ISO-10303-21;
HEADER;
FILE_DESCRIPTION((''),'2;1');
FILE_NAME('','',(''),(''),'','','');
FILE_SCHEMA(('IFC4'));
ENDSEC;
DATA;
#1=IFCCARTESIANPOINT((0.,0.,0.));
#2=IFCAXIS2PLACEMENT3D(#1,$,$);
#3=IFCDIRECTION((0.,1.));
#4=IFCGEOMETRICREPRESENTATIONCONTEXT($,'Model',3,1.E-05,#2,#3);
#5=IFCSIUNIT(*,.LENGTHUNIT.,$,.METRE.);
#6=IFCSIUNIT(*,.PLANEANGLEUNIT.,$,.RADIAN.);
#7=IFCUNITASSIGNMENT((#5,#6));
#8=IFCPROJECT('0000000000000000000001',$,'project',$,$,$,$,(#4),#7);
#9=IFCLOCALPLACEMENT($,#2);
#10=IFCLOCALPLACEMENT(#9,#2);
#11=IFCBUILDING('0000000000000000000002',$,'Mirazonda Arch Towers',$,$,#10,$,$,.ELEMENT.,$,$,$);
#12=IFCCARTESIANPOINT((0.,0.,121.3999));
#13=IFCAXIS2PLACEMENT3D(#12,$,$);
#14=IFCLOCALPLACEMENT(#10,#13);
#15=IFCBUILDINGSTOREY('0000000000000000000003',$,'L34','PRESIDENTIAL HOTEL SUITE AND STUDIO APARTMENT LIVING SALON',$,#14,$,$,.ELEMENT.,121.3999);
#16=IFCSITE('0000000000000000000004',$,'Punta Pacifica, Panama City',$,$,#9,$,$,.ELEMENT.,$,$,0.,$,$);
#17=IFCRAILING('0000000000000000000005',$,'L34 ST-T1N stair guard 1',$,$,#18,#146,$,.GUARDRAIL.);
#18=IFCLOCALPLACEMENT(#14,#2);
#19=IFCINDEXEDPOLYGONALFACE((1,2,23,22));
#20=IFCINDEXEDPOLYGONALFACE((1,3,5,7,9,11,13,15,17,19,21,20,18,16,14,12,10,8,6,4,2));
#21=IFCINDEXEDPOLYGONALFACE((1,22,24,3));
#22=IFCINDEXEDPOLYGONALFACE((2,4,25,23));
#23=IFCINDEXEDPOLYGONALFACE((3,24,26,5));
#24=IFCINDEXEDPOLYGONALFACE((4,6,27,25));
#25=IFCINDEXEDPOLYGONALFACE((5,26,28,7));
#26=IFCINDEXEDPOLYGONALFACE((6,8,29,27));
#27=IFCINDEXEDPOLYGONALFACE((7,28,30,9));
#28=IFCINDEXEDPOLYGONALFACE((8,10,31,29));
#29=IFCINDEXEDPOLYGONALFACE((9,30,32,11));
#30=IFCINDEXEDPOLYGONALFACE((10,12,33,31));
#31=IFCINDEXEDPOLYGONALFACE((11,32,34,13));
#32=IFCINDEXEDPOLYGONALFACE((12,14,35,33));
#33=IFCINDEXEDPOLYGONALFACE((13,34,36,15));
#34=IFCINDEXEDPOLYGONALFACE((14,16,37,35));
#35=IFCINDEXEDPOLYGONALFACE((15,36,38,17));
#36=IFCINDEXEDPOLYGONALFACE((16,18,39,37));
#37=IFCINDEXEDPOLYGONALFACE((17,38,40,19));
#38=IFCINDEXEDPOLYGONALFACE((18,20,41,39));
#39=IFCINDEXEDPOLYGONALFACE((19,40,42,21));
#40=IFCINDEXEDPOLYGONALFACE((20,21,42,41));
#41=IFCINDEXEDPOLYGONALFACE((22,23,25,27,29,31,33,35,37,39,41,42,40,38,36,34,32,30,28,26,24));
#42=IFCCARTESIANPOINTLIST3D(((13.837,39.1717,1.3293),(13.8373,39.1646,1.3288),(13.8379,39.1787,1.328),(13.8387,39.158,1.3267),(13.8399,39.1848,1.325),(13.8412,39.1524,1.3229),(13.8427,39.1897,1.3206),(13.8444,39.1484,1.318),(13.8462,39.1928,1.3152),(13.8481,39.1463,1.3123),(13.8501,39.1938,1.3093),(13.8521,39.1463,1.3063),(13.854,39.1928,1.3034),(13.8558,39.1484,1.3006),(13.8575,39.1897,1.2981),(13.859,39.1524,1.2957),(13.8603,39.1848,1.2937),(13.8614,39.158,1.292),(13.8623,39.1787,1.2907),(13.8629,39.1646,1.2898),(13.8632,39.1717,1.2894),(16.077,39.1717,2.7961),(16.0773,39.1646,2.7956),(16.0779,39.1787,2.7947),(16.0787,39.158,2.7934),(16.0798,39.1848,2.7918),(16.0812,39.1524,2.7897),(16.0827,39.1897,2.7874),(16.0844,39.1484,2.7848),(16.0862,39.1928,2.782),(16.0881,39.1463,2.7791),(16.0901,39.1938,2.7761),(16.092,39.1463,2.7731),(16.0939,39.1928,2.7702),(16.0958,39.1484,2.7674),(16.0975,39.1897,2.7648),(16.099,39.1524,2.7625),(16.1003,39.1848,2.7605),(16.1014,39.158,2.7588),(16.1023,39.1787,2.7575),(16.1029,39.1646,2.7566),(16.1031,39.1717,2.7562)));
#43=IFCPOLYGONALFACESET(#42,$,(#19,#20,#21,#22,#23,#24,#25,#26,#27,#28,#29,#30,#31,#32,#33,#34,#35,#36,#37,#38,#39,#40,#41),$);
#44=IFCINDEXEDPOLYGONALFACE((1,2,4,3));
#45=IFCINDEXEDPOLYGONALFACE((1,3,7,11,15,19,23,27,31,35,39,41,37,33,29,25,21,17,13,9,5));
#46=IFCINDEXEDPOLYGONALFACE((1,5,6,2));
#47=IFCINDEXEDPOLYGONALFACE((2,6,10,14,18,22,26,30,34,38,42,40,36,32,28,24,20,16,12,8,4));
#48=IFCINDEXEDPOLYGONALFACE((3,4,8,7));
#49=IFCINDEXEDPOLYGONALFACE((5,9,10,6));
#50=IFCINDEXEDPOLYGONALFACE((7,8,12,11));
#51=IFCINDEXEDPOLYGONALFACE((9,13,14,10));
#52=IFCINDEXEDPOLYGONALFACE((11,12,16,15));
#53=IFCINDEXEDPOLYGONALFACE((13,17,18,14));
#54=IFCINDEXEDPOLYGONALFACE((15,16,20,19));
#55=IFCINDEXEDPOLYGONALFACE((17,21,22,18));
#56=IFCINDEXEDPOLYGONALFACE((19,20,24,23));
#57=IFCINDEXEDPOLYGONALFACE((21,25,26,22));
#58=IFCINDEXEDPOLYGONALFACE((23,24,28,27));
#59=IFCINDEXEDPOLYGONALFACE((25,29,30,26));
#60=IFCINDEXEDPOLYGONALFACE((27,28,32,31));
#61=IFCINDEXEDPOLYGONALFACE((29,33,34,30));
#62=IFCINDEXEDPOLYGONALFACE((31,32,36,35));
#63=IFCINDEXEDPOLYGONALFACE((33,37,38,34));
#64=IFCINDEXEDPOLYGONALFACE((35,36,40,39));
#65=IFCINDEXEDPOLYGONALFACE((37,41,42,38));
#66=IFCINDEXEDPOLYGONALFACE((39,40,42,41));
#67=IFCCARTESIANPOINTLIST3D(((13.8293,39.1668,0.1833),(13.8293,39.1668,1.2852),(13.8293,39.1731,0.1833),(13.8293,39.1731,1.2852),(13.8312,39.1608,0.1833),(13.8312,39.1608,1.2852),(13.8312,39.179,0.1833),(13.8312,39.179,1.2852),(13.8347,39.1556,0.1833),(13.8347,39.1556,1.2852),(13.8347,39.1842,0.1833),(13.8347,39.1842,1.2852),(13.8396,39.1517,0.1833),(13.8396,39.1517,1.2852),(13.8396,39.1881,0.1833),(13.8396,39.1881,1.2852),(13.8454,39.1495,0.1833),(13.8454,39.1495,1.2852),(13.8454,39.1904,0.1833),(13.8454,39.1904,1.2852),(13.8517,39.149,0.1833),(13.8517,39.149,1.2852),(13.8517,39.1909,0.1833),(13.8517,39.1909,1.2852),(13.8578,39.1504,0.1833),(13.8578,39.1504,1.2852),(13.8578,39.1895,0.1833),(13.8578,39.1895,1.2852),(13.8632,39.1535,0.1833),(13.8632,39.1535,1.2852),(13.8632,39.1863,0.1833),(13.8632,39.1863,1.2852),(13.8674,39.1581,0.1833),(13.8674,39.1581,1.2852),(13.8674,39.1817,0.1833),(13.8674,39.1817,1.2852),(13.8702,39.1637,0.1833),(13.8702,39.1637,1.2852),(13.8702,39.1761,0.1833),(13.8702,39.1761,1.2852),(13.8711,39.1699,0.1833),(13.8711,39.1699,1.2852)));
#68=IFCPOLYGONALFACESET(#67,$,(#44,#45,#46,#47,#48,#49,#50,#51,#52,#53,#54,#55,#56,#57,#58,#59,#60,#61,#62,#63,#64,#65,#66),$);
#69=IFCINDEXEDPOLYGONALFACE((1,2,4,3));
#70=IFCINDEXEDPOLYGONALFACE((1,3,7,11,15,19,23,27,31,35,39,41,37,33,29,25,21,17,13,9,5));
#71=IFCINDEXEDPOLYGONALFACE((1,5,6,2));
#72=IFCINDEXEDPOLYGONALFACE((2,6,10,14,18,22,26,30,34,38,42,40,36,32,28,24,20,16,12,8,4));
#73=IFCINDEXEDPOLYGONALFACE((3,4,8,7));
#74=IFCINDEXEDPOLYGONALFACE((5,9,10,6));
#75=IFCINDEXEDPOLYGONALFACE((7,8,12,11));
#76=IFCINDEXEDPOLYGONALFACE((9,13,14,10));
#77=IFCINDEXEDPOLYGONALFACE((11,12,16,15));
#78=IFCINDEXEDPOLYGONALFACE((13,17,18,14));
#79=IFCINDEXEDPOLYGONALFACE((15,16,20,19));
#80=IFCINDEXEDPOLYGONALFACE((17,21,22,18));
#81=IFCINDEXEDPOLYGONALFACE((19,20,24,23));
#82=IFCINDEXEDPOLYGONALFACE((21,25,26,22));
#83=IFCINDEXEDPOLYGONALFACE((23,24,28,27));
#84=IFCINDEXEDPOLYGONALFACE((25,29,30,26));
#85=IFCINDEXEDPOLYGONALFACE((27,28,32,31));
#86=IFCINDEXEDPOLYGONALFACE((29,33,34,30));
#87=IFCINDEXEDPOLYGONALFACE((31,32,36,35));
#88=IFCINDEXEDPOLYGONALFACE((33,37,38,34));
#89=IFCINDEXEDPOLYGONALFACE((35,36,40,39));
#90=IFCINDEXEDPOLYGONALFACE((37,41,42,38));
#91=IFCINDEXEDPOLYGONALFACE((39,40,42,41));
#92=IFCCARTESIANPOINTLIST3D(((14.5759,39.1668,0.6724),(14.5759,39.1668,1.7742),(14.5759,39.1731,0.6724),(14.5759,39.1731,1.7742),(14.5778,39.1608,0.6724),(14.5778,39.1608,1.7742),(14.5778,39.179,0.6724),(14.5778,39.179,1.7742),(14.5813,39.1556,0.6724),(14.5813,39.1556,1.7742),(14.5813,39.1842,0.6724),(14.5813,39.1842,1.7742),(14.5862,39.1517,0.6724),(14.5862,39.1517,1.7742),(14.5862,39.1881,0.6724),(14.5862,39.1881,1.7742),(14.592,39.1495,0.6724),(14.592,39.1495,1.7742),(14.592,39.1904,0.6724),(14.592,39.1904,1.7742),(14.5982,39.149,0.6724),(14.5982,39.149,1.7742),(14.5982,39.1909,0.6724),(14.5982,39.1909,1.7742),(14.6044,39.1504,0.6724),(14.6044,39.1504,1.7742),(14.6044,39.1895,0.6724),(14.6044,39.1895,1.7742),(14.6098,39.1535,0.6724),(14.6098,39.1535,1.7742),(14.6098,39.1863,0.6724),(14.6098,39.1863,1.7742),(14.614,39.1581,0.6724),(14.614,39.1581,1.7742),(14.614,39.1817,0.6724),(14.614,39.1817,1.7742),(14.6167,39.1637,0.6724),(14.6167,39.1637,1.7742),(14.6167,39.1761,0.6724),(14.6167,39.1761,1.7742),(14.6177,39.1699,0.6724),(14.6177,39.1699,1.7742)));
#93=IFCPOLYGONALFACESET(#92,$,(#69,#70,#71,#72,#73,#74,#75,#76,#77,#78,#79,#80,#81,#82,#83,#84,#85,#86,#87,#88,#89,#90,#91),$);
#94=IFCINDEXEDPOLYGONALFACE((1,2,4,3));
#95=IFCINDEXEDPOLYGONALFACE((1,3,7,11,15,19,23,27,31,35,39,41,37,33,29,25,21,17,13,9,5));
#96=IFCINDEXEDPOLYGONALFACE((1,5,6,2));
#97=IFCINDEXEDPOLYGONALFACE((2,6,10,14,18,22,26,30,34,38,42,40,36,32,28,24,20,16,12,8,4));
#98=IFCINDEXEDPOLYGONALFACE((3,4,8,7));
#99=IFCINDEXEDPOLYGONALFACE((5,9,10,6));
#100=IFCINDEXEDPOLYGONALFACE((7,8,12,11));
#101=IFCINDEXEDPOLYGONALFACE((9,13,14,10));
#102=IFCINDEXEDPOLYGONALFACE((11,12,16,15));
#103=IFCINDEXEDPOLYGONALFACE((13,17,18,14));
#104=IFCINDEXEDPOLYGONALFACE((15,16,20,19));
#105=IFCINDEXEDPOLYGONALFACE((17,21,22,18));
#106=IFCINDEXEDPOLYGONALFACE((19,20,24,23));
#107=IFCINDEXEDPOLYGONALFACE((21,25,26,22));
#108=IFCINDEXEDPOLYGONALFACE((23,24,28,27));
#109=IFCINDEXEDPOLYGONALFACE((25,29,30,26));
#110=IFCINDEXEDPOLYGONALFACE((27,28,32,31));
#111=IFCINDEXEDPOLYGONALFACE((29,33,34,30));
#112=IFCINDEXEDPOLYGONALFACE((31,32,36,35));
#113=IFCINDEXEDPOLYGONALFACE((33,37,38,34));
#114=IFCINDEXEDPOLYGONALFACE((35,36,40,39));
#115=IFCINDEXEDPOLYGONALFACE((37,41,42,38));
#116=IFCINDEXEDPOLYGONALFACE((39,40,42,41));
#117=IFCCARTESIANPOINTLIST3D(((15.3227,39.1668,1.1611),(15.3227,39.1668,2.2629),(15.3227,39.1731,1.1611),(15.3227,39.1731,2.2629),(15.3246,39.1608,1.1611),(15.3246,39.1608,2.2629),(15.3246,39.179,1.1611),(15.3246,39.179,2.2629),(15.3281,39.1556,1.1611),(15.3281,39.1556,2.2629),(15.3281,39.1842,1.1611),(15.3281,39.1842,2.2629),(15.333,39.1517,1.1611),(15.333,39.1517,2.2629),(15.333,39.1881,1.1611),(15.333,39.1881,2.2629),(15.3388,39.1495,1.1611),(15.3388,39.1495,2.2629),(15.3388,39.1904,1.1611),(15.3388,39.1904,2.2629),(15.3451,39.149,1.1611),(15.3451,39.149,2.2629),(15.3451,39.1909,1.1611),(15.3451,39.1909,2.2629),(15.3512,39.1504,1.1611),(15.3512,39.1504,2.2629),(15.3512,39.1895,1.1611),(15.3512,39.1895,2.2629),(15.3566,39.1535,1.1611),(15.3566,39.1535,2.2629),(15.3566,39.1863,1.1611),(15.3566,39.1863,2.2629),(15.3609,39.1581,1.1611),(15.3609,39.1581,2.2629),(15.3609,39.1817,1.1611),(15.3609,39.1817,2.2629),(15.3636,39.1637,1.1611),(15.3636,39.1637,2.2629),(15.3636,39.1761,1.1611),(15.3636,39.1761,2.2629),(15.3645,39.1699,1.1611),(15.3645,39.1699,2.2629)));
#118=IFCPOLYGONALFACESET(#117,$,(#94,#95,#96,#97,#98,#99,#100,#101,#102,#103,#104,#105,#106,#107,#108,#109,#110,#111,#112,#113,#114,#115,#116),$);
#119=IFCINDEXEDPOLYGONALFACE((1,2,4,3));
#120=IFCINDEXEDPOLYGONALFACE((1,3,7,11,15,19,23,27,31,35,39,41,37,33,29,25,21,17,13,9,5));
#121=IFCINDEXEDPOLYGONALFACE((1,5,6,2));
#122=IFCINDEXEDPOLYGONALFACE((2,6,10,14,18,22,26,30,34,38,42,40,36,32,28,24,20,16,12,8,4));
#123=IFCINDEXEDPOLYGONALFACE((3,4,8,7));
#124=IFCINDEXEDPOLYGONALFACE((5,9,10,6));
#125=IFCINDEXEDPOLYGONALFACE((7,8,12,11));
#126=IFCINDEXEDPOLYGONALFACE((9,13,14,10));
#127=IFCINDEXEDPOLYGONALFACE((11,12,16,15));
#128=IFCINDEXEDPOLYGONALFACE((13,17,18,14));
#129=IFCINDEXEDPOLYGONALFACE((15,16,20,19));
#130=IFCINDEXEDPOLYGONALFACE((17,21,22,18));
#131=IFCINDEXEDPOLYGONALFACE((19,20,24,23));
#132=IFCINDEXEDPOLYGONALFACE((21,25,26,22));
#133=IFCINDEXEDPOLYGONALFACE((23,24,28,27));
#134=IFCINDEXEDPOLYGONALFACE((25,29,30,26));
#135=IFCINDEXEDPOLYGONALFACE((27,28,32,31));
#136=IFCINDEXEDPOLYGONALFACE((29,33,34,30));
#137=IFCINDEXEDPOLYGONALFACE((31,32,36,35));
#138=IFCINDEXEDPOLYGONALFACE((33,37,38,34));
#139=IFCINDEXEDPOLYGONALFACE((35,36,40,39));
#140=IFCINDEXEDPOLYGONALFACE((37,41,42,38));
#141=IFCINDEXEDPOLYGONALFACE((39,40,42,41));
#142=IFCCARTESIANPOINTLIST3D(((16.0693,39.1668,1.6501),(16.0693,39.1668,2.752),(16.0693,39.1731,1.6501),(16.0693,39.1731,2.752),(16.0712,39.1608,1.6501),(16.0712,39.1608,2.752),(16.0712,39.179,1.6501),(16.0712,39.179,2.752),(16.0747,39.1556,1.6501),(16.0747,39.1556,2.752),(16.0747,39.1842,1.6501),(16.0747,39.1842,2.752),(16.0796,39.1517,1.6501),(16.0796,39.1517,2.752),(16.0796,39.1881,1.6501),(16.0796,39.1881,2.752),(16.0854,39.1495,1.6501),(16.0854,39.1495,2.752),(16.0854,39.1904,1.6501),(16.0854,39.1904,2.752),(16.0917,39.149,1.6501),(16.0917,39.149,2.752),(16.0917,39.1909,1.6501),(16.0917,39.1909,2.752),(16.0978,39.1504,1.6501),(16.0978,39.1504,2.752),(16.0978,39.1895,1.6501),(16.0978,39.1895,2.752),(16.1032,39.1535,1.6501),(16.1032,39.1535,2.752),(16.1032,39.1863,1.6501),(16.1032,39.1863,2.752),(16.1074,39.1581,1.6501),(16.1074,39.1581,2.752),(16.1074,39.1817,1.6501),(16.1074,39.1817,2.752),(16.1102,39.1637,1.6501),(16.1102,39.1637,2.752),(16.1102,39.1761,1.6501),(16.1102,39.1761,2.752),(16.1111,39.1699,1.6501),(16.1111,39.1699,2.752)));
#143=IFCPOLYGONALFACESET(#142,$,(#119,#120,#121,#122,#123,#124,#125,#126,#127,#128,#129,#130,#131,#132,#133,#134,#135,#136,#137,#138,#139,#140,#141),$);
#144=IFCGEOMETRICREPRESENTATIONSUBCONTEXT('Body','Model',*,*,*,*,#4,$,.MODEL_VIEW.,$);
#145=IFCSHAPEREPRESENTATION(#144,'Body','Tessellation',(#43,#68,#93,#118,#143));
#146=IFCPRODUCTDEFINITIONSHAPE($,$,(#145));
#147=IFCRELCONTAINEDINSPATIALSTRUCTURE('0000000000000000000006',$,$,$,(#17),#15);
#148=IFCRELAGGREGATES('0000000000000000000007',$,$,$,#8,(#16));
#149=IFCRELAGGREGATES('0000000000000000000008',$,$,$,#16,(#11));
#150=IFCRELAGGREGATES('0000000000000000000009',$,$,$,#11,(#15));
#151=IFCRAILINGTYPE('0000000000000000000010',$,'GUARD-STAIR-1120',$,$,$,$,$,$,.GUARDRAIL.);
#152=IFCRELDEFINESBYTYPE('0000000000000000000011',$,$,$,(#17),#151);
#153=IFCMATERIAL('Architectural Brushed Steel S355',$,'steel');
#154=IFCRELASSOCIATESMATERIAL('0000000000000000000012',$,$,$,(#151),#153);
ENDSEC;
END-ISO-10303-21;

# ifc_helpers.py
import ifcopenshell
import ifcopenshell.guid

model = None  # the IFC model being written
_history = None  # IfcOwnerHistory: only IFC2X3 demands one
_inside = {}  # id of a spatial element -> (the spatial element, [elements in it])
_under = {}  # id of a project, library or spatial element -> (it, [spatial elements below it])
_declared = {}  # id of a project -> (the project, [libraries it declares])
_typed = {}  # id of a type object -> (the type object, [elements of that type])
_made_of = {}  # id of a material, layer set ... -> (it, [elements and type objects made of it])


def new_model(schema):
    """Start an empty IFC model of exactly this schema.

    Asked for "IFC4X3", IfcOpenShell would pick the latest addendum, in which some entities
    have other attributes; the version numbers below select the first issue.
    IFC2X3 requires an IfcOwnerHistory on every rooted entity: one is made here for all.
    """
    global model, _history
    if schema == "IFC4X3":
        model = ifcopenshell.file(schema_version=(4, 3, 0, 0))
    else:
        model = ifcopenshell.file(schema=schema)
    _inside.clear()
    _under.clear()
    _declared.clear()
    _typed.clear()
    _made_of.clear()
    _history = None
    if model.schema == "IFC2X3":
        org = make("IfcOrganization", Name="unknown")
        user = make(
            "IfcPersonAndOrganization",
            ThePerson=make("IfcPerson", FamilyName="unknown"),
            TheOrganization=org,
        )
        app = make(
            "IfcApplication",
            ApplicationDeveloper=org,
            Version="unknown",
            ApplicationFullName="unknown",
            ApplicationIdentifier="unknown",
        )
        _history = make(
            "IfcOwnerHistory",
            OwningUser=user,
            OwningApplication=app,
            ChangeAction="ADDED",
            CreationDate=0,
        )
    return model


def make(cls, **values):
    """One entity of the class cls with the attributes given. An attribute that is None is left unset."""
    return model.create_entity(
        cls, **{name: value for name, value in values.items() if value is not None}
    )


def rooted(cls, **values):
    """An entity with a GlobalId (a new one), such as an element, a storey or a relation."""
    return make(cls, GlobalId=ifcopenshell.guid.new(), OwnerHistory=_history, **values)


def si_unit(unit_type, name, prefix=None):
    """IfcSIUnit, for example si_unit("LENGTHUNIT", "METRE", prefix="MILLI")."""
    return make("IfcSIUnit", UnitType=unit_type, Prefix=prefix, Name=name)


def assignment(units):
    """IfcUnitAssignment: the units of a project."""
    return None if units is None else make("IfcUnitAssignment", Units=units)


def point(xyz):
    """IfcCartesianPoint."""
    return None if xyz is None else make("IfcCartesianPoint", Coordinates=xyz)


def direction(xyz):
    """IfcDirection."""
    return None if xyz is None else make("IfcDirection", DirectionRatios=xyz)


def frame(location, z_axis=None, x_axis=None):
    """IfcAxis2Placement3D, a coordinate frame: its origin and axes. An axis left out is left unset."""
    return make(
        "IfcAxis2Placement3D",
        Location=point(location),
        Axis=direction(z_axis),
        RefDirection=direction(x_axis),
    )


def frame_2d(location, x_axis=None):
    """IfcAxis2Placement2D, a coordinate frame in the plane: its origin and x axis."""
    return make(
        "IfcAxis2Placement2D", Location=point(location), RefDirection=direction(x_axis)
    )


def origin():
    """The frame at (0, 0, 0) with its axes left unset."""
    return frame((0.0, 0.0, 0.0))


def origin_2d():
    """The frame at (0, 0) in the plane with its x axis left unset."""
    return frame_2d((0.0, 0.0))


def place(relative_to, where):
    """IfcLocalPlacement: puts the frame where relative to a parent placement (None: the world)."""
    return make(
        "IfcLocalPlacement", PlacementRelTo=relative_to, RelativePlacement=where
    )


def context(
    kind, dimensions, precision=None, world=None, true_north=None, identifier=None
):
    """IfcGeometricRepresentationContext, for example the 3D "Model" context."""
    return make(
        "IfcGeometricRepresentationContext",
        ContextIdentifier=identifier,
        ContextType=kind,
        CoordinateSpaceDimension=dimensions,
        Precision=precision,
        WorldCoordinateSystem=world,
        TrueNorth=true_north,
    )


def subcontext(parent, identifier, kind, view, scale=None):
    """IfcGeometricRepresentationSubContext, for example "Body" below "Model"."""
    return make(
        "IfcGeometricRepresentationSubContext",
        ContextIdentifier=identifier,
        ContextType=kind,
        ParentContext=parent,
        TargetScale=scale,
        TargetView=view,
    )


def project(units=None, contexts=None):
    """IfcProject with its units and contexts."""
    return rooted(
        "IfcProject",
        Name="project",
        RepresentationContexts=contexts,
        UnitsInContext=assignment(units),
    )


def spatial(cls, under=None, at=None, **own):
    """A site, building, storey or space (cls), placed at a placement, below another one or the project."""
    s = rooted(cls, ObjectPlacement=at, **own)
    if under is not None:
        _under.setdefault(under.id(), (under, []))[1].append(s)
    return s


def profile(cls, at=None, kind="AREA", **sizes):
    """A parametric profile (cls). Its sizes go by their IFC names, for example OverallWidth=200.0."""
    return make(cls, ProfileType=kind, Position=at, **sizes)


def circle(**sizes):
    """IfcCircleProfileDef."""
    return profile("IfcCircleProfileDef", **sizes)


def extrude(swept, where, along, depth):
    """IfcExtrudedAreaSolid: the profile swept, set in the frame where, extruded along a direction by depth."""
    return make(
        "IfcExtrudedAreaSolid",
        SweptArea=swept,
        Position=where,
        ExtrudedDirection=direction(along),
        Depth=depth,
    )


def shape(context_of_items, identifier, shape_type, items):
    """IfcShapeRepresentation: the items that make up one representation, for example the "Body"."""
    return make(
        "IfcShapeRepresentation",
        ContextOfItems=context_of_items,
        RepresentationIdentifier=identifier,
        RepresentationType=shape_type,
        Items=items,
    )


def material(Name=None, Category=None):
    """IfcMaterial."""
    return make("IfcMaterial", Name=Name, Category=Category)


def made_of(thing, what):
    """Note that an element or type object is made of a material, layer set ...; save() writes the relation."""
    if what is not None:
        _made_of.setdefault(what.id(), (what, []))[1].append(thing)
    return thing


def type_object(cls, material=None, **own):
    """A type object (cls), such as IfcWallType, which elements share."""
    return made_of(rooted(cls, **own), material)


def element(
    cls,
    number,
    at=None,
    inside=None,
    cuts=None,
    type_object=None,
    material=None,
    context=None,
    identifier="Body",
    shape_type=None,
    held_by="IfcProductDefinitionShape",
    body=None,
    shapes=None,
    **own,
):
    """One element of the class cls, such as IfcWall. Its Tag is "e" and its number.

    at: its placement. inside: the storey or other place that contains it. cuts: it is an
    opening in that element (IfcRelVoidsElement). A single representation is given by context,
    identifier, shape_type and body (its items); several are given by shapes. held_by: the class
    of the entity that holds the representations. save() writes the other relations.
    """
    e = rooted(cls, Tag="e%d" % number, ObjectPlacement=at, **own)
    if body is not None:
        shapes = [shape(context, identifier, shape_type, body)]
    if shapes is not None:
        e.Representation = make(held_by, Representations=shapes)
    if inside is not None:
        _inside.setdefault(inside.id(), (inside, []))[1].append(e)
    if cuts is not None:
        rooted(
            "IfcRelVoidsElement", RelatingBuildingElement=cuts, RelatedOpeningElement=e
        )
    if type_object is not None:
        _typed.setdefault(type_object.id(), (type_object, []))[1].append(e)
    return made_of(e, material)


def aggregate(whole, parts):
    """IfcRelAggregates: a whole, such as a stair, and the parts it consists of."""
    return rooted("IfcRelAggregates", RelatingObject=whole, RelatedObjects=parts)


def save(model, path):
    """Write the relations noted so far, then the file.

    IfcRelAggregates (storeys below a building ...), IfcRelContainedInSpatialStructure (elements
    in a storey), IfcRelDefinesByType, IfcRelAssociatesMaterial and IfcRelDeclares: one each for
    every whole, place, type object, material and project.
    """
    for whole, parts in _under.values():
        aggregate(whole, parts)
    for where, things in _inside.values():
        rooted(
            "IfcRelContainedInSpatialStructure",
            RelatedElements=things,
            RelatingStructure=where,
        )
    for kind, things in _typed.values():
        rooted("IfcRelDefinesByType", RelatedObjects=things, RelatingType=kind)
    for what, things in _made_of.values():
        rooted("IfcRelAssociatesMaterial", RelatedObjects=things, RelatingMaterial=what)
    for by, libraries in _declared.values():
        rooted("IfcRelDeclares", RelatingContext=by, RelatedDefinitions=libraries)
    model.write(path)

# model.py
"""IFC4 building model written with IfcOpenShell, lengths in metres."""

from ifc_helpers import new_model, si_unit, direction, frame, origin, origin_2d, place, context, subcontext, project, spatial, circle, extrude, material, type_object, element, save


model = new_model("IFC4")

# Units and contexts
model_context = context("Model", 3, precision=1e-05, world=origin(), true_north=direction((0.0, 1.0)))
body_context = subcontext(model_context, "Body", "Model", "MODEL_VIEW")
ifc_project = project(units=[si_unit("LENGTHUNIT", "METRE"), si_unit("PLANEANGLEUNIT", "RADIAN")], contexts=[model_context])

# Site, building, storey
site_placement = place(None, origin())
site = spatial("IfcSite", under=ifc_project, at=site_placement, Name="Punta Pacifica, Panama City", CompositionType="ELEMENT", RefElevation=0.0)
building_placement = place(site_placement, origin())
building = spatial("IfcBuilding", under=site, at=building_placement, Name="Mirazonda Arch Towers", CompositionType="ELEMENT")
storey_placement = place(building_placement, frame((0.0, 0.0, 121.3999)))
storey = spatial("IfcBuildingStorey", under=building, at=storey_placement, Name="L34", Description="PRESIDENTIAL HOTEL SUITE AND STUDIO APARTMENT LIVING SALON", CompositionType="ELEMENT", Elevation=121.3999)

# Shared definitions
ifc_material_1 = material(Name="Architectural Brushed Steel S355", Category="steel")

# Railing
railing_type_1 = type_object("IfcRailingType", Name="GUARD-STAIR-1120", PredefinedType="GUARDRAIL", material=ifc_material_1)
railing_1_placement = place(storey_placement, frame((13.8501, 39.1699, 0.1833)))
element("IfcRailing", 1, at=railing_1_placement, inside=storey, type_object=railing_type_1, Name="L34 ST-T1N stair guard 1", PredefinedType="GUARDRAIL", context=body_context, shape_type="SweptSolid", body=[
    extrude(circle(Radius=0.0239, at=origin_2d()), frame((0.0, 0.0, 1.126), z_axis=(0.836595, 0.0, 0.547822), x_axis=(0.0, 1.0, 0.0)), (0.0, 0.0, 1.0), 2.6775),
    extrude(circle(Radius=0.021, at=origin_2d()), origin(), (0.0, 0.0, 1.0), 1.1018),
    extrude(circle(Radius=0.021, at=origin_2d()), frame((0.7466, 0.0, 0.489)), (0.0, 0.0, 1.0), 1.1018),
    extrude(circle(Radius=0.021, at=origin_2d()), frame((1.4934, 0.0, 0.9778)), (0.0, 0.0, 1.0), 1.1018),
    extrude(circle(Radius=0.021, at=origin_2d()), frame((2.24, 0.0, 1.4668)), (0.0, 0.0, 1.0), 1.1018),
])

save(model, "model.ifc")
